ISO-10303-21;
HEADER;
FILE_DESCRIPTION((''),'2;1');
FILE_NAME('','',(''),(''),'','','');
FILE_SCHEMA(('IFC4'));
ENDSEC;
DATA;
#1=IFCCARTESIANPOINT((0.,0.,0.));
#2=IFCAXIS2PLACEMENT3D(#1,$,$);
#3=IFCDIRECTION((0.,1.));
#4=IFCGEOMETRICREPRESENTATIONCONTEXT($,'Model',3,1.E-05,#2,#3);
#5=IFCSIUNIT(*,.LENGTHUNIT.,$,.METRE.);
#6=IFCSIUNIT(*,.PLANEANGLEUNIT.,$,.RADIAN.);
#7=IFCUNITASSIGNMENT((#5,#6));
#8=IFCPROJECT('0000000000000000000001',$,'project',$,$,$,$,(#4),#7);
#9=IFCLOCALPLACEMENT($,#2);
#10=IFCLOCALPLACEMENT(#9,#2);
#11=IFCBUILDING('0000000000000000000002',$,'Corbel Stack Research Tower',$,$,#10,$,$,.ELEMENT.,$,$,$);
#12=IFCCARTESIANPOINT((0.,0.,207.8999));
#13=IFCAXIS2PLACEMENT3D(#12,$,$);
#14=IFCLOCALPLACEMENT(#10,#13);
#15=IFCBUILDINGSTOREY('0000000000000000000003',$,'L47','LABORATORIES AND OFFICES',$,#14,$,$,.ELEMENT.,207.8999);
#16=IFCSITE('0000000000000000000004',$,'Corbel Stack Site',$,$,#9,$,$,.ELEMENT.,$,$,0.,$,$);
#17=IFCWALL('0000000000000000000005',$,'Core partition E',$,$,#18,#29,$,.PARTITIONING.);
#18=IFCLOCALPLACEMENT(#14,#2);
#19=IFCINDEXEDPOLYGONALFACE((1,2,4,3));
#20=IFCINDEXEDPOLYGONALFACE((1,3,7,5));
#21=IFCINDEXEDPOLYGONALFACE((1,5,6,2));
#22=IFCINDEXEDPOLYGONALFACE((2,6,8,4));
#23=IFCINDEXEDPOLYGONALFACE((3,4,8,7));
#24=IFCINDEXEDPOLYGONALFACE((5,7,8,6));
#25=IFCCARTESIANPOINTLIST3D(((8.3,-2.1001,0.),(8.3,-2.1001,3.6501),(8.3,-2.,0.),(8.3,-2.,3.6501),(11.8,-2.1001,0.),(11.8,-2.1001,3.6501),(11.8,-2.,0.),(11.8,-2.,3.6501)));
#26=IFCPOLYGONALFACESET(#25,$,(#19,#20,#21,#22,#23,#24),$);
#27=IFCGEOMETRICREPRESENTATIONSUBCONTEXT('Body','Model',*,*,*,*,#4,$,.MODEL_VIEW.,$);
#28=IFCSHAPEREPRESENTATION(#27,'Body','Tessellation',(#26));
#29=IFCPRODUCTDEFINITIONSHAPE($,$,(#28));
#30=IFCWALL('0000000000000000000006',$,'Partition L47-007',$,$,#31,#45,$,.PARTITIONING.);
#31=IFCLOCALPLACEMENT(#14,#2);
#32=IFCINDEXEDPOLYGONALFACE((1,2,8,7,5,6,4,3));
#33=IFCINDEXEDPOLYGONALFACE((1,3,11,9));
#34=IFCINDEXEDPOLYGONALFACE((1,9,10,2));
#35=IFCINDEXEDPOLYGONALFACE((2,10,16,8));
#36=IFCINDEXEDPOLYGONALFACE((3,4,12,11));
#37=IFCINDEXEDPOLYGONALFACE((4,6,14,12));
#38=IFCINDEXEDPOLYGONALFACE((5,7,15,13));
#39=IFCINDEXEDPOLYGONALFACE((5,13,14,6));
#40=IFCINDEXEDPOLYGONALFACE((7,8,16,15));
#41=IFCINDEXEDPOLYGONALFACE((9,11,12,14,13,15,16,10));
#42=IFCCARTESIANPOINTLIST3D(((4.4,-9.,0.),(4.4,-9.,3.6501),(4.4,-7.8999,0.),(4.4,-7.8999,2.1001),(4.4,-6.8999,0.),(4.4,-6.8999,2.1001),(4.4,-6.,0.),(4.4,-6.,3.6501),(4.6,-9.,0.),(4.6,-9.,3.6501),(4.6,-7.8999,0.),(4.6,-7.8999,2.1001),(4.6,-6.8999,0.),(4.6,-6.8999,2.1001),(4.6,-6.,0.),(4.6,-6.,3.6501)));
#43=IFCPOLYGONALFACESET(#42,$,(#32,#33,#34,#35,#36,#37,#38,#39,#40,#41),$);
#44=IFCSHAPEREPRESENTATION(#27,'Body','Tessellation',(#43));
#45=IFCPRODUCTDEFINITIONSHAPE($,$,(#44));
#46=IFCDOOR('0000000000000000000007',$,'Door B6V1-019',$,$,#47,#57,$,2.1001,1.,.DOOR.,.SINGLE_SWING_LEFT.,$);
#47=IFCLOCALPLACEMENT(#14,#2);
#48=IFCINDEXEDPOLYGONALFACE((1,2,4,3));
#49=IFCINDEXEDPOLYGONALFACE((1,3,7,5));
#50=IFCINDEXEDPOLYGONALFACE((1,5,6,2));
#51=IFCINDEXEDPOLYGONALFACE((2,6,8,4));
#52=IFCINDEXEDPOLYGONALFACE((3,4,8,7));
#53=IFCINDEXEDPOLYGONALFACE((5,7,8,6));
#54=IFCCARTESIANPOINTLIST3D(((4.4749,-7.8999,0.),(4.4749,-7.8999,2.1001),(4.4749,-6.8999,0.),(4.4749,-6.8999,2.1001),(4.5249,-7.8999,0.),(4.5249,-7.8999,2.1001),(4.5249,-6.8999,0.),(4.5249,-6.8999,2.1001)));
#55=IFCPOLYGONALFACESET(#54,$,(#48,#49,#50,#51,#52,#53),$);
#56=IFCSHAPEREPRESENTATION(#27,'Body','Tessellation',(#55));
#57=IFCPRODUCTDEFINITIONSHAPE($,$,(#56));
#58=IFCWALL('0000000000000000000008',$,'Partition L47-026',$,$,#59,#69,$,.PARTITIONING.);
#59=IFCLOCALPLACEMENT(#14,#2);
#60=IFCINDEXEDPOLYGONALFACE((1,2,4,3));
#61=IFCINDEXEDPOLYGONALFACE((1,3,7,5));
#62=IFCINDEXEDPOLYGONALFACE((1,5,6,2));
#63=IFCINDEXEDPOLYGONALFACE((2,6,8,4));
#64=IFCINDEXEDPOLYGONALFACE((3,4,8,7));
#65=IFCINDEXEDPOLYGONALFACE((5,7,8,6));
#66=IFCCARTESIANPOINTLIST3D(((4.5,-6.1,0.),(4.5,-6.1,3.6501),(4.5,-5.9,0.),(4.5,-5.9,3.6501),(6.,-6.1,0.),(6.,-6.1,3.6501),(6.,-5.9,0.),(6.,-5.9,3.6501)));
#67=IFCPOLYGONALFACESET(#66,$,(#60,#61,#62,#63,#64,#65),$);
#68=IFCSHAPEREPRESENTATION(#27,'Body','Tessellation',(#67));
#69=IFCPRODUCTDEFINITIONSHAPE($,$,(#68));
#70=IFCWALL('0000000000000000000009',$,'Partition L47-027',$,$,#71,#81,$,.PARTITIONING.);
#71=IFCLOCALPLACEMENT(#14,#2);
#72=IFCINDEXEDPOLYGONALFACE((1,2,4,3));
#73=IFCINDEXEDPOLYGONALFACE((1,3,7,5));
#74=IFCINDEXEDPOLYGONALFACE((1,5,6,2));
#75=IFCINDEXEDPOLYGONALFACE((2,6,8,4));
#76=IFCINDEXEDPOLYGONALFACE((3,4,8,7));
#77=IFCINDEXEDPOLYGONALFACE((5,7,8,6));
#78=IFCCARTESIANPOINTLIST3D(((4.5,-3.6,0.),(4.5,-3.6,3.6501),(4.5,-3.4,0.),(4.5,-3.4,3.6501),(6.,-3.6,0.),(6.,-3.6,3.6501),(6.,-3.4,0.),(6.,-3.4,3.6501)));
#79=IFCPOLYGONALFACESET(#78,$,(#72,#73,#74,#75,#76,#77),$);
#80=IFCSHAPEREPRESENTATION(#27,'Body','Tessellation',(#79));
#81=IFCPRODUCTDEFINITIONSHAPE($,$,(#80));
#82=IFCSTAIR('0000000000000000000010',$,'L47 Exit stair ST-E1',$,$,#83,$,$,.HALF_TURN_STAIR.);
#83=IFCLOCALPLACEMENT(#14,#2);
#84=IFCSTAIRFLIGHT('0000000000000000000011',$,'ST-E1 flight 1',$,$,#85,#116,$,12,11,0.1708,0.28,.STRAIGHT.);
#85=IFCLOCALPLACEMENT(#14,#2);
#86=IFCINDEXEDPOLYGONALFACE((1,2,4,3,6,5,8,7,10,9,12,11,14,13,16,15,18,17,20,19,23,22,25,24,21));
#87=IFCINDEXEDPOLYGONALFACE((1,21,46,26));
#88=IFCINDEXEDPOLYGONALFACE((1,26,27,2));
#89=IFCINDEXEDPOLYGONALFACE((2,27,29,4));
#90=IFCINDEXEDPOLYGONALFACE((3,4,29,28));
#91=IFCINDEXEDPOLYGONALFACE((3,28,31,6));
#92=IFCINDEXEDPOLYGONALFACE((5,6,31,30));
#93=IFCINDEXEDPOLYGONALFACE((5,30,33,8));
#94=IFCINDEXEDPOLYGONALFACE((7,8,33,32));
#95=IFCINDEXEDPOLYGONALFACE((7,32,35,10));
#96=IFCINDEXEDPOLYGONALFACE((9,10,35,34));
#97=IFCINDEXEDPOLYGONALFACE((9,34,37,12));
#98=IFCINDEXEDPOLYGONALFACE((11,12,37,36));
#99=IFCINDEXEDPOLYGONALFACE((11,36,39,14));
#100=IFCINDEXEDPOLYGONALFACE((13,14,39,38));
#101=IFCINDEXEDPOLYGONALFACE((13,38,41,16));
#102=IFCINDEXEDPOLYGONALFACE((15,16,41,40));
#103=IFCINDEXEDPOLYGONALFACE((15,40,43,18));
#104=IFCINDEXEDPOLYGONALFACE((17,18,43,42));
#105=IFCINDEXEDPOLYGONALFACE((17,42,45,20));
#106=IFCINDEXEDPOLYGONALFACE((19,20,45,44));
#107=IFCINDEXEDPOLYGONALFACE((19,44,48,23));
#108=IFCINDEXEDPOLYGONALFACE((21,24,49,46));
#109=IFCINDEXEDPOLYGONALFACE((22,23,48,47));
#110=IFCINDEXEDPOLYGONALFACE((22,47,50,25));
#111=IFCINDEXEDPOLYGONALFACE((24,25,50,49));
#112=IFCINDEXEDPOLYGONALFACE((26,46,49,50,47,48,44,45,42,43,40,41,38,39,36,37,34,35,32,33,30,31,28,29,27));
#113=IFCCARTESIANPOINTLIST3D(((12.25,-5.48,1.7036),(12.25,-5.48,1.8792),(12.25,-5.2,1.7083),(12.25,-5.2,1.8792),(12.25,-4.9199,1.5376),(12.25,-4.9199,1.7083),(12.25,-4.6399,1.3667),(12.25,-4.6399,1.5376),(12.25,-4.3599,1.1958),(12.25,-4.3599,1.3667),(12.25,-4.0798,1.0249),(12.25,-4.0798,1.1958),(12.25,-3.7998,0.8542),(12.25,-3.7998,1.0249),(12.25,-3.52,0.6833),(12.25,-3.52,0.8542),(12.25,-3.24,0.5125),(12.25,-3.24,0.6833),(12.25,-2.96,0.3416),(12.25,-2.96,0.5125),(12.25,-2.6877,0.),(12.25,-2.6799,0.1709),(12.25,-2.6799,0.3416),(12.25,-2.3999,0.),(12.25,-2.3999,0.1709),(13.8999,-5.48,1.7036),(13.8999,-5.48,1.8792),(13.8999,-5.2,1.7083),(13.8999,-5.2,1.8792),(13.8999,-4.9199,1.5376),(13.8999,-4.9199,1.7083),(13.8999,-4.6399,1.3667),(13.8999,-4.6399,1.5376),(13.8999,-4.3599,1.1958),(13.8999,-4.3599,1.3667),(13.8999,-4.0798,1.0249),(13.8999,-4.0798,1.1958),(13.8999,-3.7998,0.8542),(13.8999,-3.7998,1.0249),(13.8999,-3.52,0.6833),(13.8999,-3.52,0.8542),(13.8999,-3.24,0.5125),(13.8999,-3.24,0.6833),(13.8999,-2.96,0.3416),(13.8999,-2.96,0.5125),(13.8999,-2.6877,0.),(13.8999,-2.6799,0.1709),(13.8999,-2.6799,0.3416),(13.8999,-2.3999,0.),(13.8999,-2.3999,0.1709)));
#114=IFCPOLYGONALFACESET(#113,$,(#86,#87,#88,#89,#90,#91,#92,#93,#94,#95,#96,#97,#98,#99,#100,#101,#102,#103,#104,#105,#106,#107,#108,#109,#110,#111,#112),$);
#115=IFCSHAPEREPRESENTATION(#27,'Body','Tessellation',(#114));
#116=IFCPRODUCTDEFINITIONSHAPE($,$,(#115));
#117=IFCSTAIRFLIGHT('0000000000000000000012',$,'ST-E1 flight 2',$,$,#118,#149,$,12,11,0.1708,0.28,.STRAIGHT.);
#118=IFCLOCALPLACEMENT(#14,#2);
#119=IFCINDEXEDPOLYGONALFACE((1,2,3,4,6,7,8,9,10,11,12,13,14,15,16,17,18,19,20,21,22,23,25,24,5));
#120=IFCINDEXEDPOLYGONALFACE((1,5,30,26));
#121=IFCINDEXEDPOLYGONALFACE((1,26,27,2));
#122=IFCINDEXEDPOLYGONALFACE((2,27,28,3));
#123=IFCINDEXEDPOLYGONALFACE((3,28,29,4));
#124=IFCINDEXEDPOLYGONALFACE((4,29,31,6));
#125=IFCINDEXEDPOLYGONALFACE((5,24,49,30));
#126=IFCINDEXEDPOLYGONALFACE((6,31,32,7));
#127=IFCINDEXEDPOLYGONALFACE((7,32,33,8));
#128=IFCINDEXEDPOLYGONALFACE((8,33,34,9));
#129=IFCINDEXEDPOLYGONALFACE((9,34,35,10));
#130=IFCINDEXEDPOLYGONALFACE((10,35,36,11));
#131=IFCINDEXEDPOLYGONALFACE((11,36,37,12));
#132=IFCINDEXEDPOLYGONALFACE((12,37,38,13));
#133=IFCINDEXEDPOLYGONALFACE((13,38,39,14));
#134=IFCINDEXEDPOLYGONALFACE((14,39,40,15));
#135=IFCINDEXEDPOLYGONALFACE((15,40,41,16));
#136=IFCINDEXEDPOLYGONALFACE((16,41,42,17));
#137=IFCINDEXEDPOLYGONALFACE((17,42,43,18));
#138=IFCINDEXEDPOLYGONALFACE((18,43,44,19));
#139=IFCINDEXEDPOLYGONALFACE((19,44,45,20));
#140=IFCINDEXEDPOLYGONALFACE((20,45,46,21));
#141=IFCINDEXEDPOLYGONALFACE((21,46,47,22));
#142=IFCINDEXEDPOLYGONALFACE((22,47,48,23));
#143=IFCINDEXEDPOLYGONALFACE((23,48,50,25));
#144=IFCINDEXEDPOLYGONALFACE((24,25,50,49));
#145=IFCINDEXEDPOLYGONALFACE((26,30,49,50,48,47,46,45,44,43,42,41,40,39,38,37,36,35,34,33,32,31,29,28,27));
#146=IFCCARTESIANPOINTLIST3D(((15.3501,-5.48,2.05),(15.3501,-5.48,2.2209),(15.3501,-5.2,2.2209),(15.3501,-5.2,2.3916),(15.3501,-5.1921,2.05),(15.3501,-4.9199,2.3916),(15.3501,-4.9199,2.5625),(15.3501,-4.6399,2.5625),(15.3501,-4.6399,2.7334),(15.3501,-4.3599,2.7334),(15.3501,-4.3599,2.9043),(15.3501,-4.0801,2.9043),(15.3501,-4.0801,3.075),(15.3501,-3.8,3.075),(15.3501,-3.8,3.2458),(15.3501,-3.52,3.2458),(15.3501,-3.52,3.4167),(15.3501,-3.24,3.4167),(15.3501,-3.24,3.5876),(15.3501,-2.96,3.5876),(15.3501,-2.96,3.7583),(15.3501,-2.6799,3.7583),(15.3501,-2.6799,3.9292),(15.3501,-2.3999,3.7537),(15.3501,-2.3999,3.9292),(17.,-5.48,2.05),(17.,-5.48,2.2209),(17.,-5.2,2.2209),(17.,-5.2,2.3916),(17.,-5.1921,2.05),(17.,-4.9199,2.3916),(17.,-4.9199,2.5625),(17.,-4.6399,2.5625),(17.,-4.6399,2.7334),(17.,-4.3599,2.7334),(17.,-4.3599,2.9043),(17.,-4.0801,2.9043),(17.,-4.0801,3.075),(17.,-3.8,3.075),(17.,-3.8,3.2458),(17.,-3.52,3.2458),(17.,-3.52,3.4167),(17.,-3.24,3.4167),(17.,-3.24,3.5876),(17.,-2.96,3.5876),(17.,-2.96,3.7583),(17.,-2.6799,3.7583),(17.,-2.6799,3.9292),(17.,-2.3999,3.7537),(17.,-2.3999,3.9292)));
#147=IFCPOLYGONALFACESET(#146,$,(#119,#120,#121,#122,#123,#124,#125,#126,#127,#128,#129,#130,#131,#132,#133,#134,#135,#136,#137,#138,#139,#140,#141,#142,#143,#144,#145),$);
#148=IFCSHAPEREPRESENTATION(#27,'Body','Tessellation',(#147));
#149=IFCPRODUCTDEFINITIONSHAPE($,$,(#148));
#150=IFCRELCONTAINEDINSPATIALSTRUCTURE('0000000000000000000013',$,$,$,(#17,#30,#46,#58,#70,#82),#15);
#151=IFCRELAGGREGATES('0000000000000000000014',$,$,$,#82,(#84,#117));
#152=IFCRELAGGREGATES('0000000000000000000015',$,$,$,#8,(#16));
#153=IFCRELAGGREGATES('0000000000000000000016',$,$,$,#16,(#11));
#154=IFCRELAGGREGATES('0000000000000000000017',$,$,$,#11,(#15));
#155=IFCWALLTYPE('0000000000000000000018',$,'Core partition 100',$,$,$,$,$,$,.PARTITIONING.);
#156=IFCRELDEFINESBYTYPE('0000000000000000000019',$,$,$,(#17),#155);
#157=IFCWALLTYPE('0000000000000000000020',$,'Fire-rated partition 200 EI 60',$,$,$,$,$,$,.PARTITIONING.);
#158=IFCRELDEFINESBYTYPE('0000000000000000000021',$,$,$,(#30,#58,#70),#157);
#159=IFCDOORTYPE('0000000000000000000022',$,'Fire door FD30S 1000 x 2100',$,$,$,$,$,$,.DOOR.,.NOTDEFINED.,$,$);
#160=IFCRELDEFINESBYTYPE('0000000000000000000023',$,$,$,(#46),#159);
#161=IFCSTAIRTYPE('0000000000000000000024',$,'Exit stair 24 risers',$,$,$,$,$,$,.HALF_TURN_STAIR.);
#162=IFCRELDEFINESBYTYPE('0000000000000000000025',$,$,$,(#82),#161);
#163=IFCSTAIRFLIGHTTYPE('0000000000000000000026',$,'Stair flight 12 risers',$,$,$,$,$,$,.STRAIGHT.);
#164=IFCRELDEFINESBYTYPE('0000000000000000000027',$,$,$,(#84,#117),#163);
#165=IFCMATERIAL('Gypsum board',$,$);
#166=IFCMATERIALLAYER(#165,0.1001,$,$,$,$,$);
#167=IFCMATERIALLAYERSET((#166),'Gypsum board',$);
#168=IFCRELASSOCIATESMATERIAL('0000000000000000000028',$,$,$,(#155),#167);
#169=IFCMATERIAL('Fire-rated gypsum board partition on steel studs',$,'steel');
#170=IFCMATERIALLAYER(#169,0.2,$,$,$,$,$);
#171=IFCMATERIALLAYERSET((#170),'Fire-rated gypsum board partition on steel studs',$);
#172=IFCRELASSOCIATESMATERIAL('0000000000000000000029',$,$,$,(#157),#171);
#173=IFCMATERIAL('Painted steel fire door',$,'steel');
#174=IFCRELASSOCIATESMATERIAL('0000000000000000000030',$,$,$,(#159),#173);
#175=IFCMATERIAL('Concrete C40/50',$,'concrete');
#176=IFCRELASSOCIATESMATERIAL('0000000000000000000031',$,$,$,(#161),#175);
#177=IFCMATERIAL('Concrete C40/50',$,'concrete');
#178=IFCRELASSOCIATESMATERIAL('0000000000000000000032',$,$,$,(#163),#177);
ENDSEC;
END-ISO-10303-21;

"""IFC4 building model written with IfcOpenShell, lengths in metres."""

from ifc_helpers import new_model, si_unit, direction, frame, frame_2d, origin, place, context, subcontext, project, spatial, polyline, rectangle, outline, extrude, material, layer, layer_set, type_object, element, fill, aggregate, save


model = new_model("IFC4")

# Units and contexts
model_context = context("Model", 3, precision=1e-05, world=origin(), true_north=direction((0.0, 1.0)))
body_context = subcontext(model_context, "Body", "Model", "MODEL_VIEW")
ifc_project = project(units=[si_unit("LENGTHUNIT", "METRE"), si_unit("PLANEANGLEUNIT", "RADIAN")], contexts=[model_context])

# Site, building, storey
site_placement = place(None, origin())
site = spatial("IfcSite", under=ifc_project, at=site_placement, Name="Corbel Stack Site", CompositionType="ELEMENT", RefElevation=0.0)
building_placement = place(site_placement, origin())
building = spatial("IfcBuilding", under=site, at=building_placement, Name="Corbel Stack Research Tower", CompositionType="ELEMENT")
storey_placement = place(building_placement, frame((0.0, 0.0, 207.8999)))
storey = spatial("IfcBuildingStorey", under=building, at=storey_placement, Name="L47", Description="LABORATORIES AND OFFICES", CompositionType="ELEMENT", Elevation=207.8999)

# Shared definitions
ifc_material_1 = material(Name="Gypsum board")
ifc_layer_1 = layer(ifc_material_1, 0.1001)
ifc_layer_set_1 = layer_set([ifc_layer_1], Name="Gypsum board")
wall_type_1 = type_object("IfcWallType", Name="Core partition 100", PredefinedType="PARTITIONING", material=ifc_layer_set_1)

# Wall
for number, where, z_axis, x_axis, name in (
    (1, (8.3, -2.05, 0.0), (0.0, 0.0, 1.0), (1.0, 0.0, 0.0), "Core partition E"),
):
    element("IfcWall", number, at=place(storey_placement, frame(where, z_axis=z_axis, x_axis=x_axis)), inside=storey, type_object=wall_type_1, Name=name, PredefinedType="PARTITIONING", context=body_context, shape_type="SweptSolid", body=[
        extrude(rectangle(XDim=3.5, YDim=0.1001, at=frame_2d((1.75, 0.0))), origin(), (0.0, 0.0, 1.0), 3.6501),
    ])

# Wall, opening, door
ifc_material_2 = material(Name="Fire-rated gypsum board partition on steel studs", Category="steel")
ifc_layer_2 = layer(ifc_material_2, 0.2)
ifc_layer_set_2 = layer_set([ifc_layer_2], Name="Fire-rated gypsum board partition on steel studs")
wall_type_2 = type_object("IfcWallType", Name="Fire-rated partition 200 EI 60", PredefinedType="PARTITIONING", material=ifc_layer_set_2)
wall_1_placement = place(storey_placement, frame((4.5, -6.0, 0.0), z_axis=(0.0, 0.0, 1.0), x_axis=(0.0, -1.0, 0.0)))
wall_1 = element("IfcWall", 2, at=wall_1_placement, inside=storey, type_object=wall_type_2, Name="Partition L47-007", PredefinedType="PARTITIONING", context=body_context, shape_type="SweptSolid", body=[
    extrude(rectangle(XDim=3.0, YDim=0.2, at=frame_2d((1.5, 0.0))), origin(), (0.0, 0.0, 1.0), 3.6501),
])
opening_1_placement = place(wall_1_placement, frame((0.8999, 0.0, 0.0)))
opening_1 = element("IfcOpeningElement", 3, at=opening_1_placement, cuts=wall_1, PredefinedType="OPENING", context=body_context, shape_type="SweptSolid", body=[
    extrude(rectangle(XDim=1.0, YDim=2.1001, at=frame_2d((0.5, 1.05))), frame((0.0, 0.1099, 0.0), z_axis=(0.0, -1.0, 0.0), x_axis=(1.0, 0.0, 0.0)), (0.0, 0.0, 1.0), 0.22),
])
ifc_material_3 = material(Name="Painted steel fire door", Category="steel")
door_type_1 = type_object("IfcDoorType", Name="Fire door FD30S 1000 x 2100", OperationType="NOTDEFINED", PredefinedType="DOOR", material=ifc_material_3)
door_1_placement = place(opening_1_placement, origin())
door_1 = element("IfcDoor", 4, at=door_1_placement, inside=storey, type_object=door_type_1, Name="Door B6V1-019", OperationType="SINGLE_SWING_LEFT", OverallHeight=2.1001, OverallWidth=1.0, PredefinedType="DOOR", context=body_context, shape_type="SweptSolid", body=[
    extrude(rectangle(XDim=1.0, YDim=2.1001, at=frame_2d((0.5, 1.05))), frame((0.0, 0.0249, 0.0), z_axis=(0.0, -1.0, 0.0), x_axis=(1.0, 0.0, 0.0)), (0.0, 0.0, 1.0), 0.05),
])
fill(opening_1, door_1)

# Walls
for number, where, z_axis, x_axis, name in (
    (5, (4.5, -6.0, 0.0), (0.0, 0.0, 1.0), (1.0, 0.0, 0.0), "Partition L47-026"),
    (6, (4.5, -3.5, 0.0), (0.0, 0.0, 1.0), (1.0, 0.0, 0.0), "Partition L47-027"),
):
    element("IfcWall", number, at=place(storey_placement, frame(where, z_axis=z_axis, x_axis=x_axis)), inside=storey, type_object=wall_type_2, Name=name, PredefinedType="PARTITIONING", context=body_context, shape_type="SweptSolid", body=[
        extrude(rectangle(XDim=1.5, YDim=0.2, at=frame_2d((0.75, 0.0))), origin(), (0.0, 0.0, 1.0), 3.6501),
    ])

# Stair, stair flights
ifc_material_4 = material(Name="Concrete C40/50", Category="concrete")
stair_type = type_object("IfcStairType", Name="Exit stair 24 risers", PredefinedType="HALF_TURN_STAIR", material=ifc_material_4)
stair_placement = place(storey_placement, origin())
stair = element("IfcStair", 7, at=stair_placement, inside=storey, type_object=stair_type, Name="L47 Exit stair ST-E1", PredefinedType="HALF_TURN_STAIR")
ifc_material_5 = material(Name="Concrete C40/50", Category="concrete")
stair_flight_type = type_object("IfcStairFlightType", Name="Stair flight 12 risers", PredefinedType="STRAIGHT", material=ifc_material_5)
stair_flight_1_placement = place(storey_placement, frame((13.075, -2.3999, 0.0), z_axis=(0.0, 0.0, 1.0), x_axis=(0.0, -1.0, 0.0)))
stair_flight_1 = element("IfcStairFlight", 8, at=stair_flight_1_placement, type_object=stair_flight_type, Name="ST-E1 flight 1", NumberOfRisers=12, NumberOfTreads=11, PredefinedType="STRAIGHT", RiserHeight=0.1708, TreadLength=0.28, context=body_context, shape_type="SweptSolid", body=[
    extrude(outline(polyline([(0.0, 0.0), (0.0, 0.1709), (0.28, 0.1709), (0.28, 0.3416), (0.5601, 0.3416), (0.5601, 0.5125), (0.8401, 0.5125), (0.8401, 0.6833), (1.1201, 0.6833), (1.1201, 0.8542), (1.3999, 0.8542), (1.3999, 1.0249), (1.6799, 1.0249), (1.6799, 1.1958), (1.96, 1.1958), (1.96, 1.3667), (2.24, 1.3667), (2.24, 1.5376), (2.52, 1.5376), (2.52, 1.7083), (2.8, 1.7083), (2.8, 1.8792), (3.0801, 1.8792), (3.0801, 2.05), (3.0801, 1.7036), (0.2878, 0.0), (0.0, 0.0)])), frame((0.0, 0.825, 0.0), z_axis=(0.0, -1.0, 0.0), x_axis=(1.0, 0.0, 0.0)), (0.0, 0.0, 1.0), 1.6499),
])
stair_flight_2_placement = place(storey_placement, frame((16.175, -5.48, 2.05), z_axis=(0.0, 0.0, 1.0), x_axis=(0.0, 1.0, 0.0)))
stair_flight_2 = element("IfcStairFlight", 9, at=stair_flight_2_placement, type_object=stair_flight_type, Name="ST-E1 flight 2", NumberOfRisers=12, NumberOfTreads=11, PredefinedType="STRAIGHT", RiserHeight=0.1708, TreadLength=0.28, context=body_context, shape_type="SweptSolid", body=[
    extrude(outline(polyline([(0.0, 0.0), (0.0, 0.1709), (0.28, 0.1709), (0.28, 0.3416), (0.5601, 0.3416), (0.5601, 0.5125), (0.8401, 0.5125), (0.8401, 0.6833), (1.1201, 0.6833), (1.1201, 0.8542), (1.3999, 0.8542), (1.3999, 1.0249), (1.6799, 1.0249), (1.6799, 1.1958), (1.96, 1.1958), (1.96, 1.3667), (2.24, 1.3667), (2.24, 1.5376), (2.52, 1.5376), (2.52, 1.7083), (2.8, 1.7083), (2.8, 1.8792), (3.0801, 1.8792), (3.0801, 2.05), (3.0801, 1.7036), (0.2878, 0.0), (0.0, 0.0)])), frame((0.0, 0.825, 0.0), z_axis=(0.0, -1.0, 0.0), x_axis=(1.0, 0.0, 0.0)), (0.0, 0.0, 1.0), 1.6499),
])
aggregate(stair, [stair_flight_1, stair_flight_2])

save(model, "model.ifc")
